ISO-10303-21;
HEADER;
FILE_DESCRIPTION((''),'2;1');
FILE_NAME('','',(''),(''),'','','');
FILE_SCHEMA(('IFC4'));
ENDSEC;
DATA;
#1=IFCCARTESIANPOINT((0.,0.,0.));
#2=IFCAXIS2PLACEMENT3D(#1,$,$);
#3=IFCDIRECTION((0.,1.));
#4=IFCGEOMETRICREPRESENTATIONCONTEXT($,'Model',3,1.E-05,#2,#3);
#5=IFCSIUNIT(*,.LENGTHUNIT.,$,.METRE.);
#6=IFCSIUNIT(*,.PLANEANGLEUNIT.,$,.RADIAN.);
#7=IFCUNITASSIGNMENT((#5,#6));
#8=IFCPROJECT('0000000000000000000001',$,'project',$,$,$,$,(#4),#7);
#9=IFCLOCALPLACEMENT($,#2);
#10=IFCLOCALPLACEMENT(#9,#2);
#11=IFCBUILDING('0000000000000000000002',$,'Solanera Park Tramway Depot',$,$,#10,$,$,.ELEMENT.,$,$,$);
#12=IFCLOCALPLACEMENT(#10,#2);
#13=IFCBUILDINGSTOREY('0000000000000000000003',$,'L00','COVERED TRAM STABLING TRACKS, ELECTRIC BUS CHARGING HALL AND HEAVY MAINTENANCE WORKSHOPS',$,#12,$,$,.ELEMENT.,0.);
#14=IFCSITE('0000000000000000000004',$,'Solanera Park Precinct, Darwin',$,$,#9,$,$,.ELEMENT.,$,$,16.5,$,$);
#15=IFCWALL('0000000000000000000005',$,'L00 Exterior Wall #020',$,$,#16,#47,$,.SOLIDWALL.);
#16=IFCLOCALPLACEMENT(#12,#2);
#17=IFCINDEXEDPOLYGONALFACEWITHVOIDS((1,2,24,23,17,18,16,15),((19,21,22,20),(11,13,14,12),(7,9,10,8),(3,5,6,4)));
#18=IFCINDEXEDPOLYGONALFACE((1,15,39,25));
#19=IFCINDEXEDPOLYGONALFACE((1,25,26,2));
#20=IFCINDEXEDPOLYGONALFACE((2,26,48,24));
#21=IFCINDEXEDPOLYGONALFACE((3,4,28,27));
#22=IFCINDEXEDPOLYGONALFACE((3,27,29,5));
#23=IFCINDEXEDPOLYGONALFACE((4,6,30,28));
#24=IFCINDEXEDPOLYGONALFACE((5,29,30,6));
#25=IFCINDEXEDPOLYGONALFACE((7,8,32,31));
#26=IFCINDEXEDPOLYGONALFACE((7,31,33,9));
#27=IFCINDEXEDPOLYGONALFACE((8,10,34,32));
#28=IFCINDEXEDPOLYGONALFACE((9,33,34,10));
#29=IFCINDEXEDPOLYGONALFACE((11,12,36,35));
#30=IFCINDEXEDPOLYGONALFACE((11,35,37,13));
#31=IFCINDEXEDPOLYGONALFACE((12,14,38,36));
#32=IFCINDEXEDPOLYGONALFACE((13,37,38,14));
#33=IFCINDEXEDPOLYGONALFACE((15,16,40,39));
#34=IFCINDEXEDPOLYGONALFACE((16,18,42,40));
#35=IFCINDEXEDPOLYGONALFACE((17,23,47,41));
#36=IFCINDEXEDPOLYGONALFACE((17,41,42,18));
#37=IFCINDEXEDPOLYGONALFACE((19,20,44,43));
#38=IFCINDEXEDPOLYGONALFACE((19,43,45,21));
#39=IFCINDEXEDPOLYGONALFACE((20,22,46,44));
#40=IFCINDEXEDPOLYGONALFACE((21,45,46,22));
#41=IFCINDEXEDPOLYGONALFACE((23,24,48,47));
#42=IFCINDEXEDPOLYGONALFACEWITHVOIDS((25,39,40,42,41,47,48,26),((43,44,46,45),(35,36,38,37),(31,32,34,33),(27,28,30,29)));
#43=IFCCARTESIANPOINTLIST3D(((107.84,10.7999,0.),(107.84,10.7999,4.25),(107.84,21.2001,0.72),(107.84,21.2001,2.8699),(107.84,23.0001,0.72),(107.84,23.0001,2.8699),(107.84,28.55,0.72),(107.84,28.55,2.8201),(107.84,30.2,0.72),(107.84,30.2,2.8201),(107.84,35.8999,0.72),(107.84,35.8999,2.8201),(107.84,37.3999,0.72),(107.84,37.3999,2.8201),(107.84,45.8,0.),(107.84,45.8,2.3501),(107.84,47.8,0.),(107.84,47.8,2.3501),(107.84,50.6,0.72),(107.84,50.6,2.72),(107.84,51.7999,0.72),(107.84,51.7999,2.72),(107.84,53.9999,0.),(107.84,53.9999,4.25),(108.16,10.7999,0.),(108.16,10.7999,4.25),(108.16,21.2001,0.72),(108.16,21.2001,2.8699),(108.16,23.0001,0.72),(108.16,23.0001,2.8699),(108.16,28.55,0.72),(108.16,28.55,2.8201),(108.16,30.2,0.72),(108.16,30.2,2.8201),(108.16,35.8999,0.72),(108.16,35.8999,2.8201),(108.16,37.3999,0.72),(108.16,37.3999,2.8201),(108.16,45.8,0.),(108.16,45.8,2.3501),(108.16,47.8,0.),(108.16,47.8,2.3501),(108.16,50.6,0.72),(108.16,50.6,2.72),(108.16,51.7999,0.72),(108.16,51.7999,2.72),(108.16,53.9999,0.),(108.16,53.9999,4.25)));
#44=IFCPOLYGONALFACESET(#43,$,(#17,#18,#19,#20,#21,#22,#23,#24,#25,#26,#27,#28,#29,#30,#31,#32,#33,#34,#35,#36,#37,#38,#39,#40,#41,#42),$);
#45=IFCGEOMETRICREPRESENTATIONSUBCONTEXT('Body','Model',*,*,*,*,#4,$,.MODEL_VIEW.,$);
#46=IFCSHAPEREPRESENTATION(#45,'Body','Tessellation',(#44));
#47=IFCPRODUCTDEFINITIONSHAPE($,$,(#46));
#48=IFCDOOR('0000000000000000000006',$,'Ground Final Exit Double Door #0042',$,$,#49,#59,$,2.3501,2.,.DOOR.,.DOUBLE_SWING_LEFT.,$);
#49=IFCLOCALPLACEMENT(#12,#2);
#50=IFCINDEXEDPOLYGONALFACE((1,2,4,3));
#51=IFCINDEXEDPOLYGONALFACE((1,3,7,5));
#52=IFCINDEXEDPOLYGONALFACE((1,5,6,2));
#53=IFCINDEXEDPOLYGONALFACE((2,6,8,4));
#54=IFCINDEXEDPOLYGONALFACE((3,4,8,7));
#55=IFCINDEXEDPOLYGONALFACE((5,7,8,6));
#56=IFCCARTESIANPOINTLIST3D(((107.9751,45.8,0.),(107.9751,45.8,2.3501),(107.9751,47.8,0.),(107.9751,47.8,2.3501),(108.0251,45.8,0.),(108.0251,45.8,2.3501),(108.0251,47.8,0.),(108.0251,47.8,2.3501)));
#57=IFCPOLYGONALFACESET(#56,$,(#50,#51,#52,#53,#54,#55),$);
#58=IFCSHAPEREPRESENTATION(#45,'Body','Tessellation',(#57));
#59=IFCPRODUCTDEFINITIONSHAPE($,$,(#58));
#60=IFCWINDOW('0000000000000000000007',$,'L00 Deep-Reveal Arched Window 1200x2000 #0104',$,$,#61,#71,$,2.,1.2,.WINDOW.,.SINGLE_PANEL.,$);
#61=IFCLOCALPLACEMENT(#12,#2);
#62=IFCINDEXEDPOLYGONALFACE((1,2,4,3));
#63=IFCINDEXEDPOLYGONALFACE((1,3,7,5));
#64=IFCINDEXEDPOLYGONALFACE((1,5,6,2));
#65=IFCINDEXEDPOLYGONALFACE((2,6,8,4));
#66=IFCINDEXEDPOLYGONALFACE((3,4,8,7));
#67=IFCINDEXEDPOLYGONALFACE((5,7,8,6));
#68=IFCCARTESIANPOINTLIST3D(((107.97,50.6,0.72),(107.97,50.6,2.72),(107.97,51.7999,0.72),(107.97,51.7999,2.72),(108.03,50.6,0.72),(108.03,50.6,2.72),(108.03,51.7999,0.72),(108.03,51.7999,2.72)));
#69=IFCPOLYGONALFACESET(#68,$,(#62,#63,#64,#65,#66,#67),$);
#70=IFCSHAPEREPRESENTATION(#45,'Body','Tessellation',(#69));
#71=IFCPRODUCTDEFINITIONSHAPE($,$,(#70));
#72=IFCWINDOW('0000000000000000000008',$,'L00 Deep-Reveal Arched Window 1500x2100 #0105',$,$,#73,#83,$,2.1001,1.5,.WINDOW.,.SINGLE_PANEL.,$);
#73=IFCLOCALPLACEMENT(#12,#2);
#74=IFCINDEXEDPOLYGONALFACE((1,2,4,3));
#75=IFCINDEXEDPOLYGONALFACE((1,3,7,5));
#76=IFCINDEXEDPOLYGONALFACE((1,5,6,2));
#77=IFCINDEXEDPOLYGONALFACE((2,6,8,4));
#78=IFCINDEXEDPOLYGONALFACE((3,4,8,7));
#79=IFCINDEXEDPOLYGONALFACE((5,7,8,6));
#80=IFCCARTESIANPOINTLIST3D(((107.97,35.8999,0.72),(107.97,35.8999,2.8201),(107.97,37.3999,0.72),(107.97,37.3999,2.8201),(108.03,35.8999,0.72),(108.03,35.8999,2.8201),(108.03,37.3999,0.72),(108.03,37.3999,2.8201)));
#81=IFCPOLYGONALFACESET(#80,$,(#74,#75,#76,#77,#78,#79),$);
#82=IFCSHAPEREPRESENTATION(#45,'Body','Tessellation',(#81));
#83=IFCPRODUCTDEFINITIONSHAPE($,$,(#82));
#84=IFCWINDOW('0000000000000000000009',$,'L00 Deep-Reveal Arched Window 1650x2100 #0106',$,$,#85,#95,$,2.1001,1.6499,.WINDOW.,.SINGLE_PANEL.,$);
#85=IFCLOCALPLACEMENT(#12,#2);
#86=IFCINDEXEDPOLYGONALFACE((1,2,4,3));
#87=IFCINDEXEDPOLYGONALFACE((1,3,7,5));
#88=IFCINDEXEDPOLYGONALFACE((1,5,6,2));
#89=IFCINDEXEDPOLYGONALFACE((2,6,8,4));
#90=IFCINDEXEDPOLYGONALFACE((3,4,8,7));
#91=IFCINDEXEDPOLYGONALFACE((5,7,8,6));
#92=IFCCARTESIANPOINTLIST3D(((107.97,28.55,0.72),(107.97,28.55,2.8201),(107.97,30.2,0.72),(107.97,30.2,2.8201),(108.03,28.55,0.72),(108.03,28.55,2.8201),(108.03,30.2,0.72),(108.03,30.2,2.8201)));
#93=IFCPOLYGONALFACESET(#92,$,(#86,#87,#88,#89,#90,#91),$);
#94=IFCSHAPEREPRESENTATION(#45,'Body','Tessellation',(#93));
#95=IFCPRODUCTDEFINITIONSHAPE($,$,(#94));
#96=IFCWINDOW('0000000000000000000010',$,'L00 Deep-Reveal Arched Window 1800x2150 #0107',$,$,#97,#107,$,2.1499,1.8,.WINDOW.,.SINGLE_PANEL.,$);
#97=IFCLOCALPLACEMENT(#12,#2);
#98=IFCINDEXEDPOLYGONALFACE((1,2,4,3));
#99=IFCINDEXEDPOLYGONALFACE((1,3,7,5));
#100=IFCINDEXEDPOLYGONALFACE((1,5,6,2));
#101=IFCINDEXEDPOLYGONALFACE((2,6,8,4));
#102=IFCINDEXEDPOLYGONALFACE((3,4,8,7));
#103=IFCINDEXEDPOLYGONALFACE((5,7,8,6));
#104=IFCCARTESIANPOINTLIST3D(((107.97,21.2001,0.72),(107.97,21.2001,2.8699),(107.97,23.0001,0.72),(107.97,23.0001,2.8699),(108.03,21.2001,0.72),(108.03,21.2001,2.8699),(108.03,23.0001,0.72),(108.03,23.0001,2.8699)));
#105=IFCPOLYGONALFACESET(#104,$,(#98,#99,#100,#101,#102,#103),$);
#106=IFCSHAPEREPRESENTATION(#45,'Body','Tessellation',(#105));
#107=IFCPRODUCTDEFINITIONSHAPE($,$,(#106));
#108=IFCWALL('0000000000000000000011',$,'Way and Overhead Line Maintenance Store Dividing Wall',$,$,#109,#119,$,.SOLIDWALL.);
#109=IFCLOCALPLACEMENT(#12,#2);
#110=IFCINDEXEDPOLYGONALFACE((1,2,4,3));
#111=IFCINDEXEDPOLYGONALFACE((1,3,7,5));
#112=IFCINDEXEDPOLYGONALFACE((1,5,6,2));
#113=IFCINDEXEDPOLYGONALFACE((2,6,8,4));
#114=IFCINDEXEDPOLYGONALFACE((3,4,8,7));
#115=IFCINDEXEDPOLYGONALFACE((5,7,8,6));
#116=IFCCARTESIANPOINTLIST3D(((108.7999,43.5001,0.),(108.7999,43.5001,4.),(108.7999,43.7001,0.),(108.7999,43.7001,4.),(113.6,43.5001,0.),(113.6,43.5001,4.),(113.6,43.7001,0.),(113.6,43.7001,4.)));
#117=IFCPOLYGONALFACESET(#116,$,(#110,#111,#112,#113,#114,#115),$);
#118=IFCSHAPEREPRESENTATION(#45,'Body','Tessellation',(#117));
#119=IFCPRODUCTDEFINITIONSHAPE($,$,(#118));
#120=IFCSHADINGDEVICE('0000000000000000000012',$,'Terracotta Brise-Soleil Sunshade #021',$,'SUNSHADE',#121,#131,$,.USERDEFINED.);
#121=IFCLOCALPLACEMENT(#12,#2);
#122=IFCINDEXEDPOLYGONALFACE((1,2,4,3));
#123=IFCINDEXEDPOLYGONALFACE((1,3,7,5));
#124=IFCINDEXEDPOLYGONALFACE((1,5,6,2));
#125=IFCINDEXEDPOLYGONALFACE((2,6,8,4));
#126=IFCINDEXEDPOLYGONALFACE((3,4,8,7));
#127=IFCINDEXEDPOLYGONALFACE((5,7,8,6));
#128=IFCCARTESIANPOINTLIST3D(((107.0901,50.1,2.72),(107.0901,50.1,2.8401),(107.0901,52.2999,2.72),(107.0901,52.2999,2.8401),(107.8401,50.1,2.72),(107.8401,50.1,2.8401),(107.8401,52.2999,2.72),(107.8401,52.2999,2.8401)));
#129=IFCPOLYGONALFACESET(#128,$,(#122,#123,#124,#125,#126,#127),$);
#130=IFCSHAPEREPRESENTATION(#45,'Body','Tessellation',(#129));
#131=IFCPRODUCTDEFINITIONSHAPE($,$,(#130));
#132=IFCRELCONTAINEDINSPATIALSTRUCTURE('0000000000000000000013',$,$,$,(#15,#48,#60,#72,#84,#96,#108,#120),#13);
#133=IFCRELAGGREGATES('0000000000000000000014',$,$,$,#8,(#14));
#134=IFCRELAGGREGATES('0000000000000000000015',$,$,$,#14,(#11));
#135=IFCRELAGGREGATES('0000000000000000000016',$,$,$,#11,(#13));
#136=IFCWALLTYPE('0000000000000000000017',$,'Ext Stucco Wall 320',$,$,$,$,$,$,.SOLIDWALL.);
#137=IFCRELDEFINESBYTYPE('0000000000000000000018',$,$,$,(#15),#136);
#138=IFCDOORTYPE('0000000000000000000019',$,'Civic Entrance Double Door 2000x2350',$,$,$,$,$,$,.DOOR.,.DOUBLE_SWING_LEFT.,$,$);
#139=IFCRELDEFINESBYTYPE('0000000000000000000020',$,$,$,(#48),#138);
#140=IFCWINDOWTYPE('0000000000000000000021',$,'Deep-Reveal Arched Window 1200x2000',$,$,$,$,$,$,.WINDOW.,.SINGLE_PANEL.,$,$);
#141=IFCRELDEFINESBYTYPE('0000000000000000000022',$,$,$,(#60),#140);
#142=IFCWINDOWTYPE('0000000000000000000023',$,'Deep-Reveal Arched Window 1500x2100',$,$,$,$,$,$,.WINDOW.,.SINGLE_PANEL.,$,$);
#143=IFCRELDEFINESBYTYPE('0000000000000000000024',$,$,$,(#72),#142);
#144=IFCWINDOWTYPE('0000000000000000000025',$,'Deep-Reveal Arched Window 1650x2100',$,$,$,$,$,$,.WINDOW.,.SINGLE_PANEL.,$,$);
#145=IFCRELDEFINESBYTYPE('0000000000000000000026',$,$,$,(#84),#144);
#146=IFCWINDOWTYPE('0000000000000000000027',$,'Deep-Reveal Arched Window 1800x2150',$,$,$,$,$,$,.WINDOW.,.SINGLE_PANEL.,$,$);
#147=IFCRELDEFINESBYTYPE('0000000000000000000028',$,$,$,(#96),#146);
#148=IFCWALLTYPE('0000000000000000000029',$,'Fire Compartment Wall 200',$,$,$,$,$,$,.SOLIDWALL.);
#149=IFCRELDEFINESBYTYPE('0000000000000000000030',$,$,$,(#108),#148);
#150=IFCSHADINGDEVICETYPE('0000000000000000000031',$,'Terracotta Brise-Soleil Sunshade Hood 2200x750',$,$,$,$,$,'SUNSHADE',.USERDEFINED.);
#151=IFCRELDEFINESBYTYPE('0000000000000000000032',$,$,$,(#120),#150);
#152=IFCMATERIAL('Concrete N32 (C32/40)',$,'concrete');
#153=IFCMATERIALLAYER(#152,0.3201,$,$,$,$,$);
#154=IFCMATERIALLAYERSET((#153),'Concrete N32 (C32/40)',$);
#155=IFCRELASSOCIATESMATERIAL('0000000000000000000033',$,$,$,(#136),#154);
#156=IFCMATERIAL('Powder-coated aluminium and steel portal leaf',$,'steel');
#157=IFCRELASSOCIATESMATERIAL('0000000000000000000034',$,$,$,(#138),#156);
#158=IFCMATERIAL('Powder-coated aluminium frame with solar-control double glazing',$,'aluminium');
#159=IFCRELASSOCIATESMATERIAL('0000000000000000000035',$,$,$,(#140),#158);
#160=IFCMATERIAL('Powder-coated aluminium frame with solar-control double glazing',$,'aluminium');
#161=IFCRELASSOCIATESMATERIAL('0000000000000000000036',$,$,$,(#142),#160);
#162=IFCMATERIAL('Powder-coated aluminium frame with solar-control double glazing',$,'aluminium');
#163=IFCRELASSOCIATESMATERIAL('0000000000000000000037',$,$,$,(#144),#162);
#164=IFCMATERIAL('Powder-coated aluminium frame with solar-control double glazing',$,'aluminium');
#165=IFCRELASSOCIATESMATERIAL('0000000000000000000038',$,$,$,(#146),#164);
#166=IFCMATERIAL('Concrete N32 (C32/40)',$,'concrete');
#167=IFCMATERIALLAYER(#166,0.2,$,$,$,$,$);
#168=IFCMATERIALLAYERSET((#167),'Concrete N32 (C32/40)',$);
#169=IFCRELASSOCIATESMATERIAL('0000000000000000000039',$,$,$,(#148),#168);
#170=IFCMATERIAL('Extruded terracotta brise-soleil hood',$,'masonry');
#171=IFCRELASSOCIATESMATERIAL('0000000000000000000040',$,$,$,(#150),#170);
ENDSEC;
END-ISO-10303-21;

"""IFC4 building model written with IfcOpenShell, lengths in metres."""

from ifc_helpers import new_model, si_unit, direction, frame, frame_2d, origin, origin_2d, place, context, subcontext, project, spatial, rectangle, extrude, material, layer, layer_set, type_object, element, fill, save


model = new_model("IFC4")

# Units and contexts
model_context = context("Model", 3, precision=1e-05, world=origin(), true_north=direction((0.0, 1.0)))
body_context = subcontext(model_context, "Body", "Model", "MODEL_VIEW")
ifc_project = project(units=[si_unit("LENGTHUNIT", "METRE"), si_unit("PLANEANGLEUNIT", "RADIAN")], contexts=[model_context])

# Site, building, storey
site_placement = place(None, origin())
site = spatial("IfcSite", under=ifc_project, at=site_placement, Name="Solanera Park Precinct, Darwin", CompositionType="ELEMENT", RefElevation=16.5)
building_placement = place(site_placement, origin())
building = spatial("IfcBuilding", under=site, at=building_placement, Name="Solanera Park Tramway Depot", CompositionType="ELEMENT")
storey_placement = place(building_placement, origin())
storey = spatial("IfcBuildingStorey", under=building, at=storey_placement, Name="L00", Description="COVERED TRAM STABLING TRACKS, ELECTRIC BUS CHARGING HALL AND HEAVY MAINTENANCE WORKSHOPS", CompositionType="ELEMENT", Elevation=0.0)

# Wall, openings, door, windows
ifc_material_1 = material(Name="Concrete N32 (C32/40)", Category="concrete")
ifc_layer_1 = layer(ifc_material_1, 0.3201)
ifc_layer_set_1 = layer_set([ifc_layer_1], Name="Concrete N32 (C32/40)")
wall_type_1 = type_object("IfcWallType", Name="Ext Stucco Wall 320", PredefinedType="SOLIDWALL", material=ifc_layer_set_1)
wall_1_placement = place(storey_placement, frame((108.0, 54.0, 0.0), z_axis=(0.0, 0.0, 1.0), x_axis=(0.0, -1.0, 0.0)))
wall_1 = element("IfcWall", 1, at=wall_1_placement, inside=storey, type_object=wall_type_1, Name="L00 Exterior Wall #020", PredefinedType="SOLIDWALL", context=body_context, shape_type="SweptSolid", body=[
    extrude(rectangle(XDim=43.2, YDim=0.3201, at=frame_2d((21.6001, 0.0))), origin(), (0.0, 0.0, 1.0), 4.25),
])
opening_1_placement = place(wall_1_placement, frame((2.2, 0.0, 0.72)))
opening_1 = element("IfcOpeningElement", 2, at=opening_1_placement, cuts=wall_1, PredefinedType="OPENING", context=body_context, shape_type="SweptSolid", body=[
    extrude(rectangle(XDim=1.2, YDim=2.0, at=frame_2d((0.6001, 1.0))), frame((0.0, 0.1699, 0.0), z_axis=(0.0, -1.0, 0.0), x_axis=(1.0, 0.0, 0.0)), (0.0, 0.0, 1.0), 0.3401),
])
opening_2_placement = place(wall_1_placement, frame((16.6001, 0.0, 0.72)))
opening_2 = element("IfcOpeningElement", 3, at=opening_2_placement, cuts=wall_1, PredefinedType="OPENING", context=body_context, shape_type="SweptSolid", body=[
    extrude(rectangle(XDim=1.5, YDim=2.1001, at=frame_2d((0.75, 1.05))), frame((0.0, 0.1699, 0.0), z_axis=(0.0, -1.0, 0.0), x_axis=(1.0, 0.0, 0.0)), (0.0, 0.0, 1.0), 0.3401),
])
opening_3_placement = place(wall_1_placement, frame((23.8, 0.0, 0.72)))
opening_3 = element("IfcOpeningElement", 4, at=opening_3_placement, cuts=wall_1, PredefinedType="OPENING", context=body_context, shape_type="SweptSolid", body=[
    extrude(rectangle(XDim=1.6499, YDim=2.1001, at=frame_2d((0.825, 1.05))), frame((0.0, 0.1699, 0.0), z_axis=(0.0, -1.0, 0.0), x_axis=(1.0, 0.0, 0.0)), (0.0, 0.0, 1.0), 0.3401),
])
opening_4_placement = place(wall_1_placement, frame((31.0, 0.0, 0.72)))
opening_4 = element("IfcOpeningElement", 5, at=opening_4_placement, cuts=wall_1, PredefinedType="OPENING", context=body_context, shape_type="SweptSolid", body=[
    extrude(rectangle(XDim=1.8, YDim=2.1499, at=frame_2d((0.8999, 1.075))), frame((0.0, 0.1699, 0.0), z_axis=(0.0, -1.0, 0.0), x_axis=(1.0, 0.0, 0.0)), (0.0, 0.0, 1.0), 0.3401),
])
opening_5_placement = place(wall_1_placement, frame((6.2, 0.0, 0.0)))
opening_5 = element("IfcOpeningElement", 6, at=opening_5_placement, cuts=wall_1, PredefinedType="OPENING", context=body_context, shape_type="SweptSolid", body=[
    extrude(rectangle(XDim=2.0, YDim=2.3501, at=frame_2d((1.0, 1.175))), frame((0.0, 0.1699, 0.0), z_axis=(0.0, -1.0, 0.0), x_axis=(1.0, 0.0, 0.0)), (0.0, 0.0, 1.0), 0.3401),
])
ifc_material_2 = material(Name="Powder-coated aluminium and steel portal leaf", Category="steel")
door_type_1 = type_object("IfcDoorType", Name="Civic Entrance Double Door 2000x2350", OperationType="DOUBLE_SWING_LEFT", PredefinedType="DOOR", material=ifc_material_2)
door_1_placement = place(opening_5_placement, frame((2.0, 0.0, 0.0), z_axis=(0.0, 0.0, 1.0), x_axis=(-1.0, 0.0, 0.0)))
door_1 = element("IfcDoor", 7, at=door_1_placement, inside=storey, type_object=door_type_1, Name="Ground Final Exit Double Door #0042", OperationType="DOUBLE_SWING_LEFT", OverallHeight=2.3501, OverallWidth=2.0, PredefinedType="DOOR", context=body_context, shape_type="SweptSolid", body=[
    extrude(rectangle(XDim=2.0, YDim=2.3501, at=frame_2d((1.0, 1.175))), frame((0.0, 0.0249, 0.0), z_axis=(0.0, -1.0, 0.0), x_axis=(1.0, 0.0, 0.0)), (0.0, 0.0, 1.0), 0.05),
])
fill(opening_5, door_1)
ifc_material_3 = material(Name="Powder-coated aluminium frame with solar-control double glazing", Category="aluminium")
window_type_1 = type_object("IfcWindowType", Name="Deep-Reveal Arched Window 1200x2000", PartitioningType="SINGLE_PANEL", PredefinedType="WINDOW", material=ifc_material_3)
window_1_placement = place(opening_1_placement, origin())
window_1 = element("IfcWindow", 8, at=window_1_placement, inside=storey, type_object=window_type_1, Name="L00 Deep-Reveal Arched Window 1200x2000 #0104", OverallHeight=2.0, OverallWidth=1.2, PartitioningType="SINGLE_PANEL", PredefinedType="WINDOW", context=body_context, shape_type="SweptSolid", body=[
    extrude(rectangle(XDim=1.2, YDim=2.0, at=frame_2d((0.6001, 1.0))), frame((0.0, 0.03, 0.0), z_axis=(0.0, -1.0, 0.0), x_axis=(1.0, 0.0, 0.0)), (0.0, 0.0, 1.0), 0.0601),
])
fill(opening_1, window_1)
ifc_material_4 = material(Name="Powder-coated aluminium frame with solar-control double glazing", Category="aluminium")
window_type_2 = type_object("IfcWindowType", Name="Deep-Reveal Arched Window 1500x2100", PartitioningType="SINGLE_PANEL", PredefinedType="WINDOW", material=ifc_material_4)
window_2_placement = place(opening_2_placement, origin())
window_2 = element("IfcWindow", 9, at=window_2_placement, inside=storey, type_object=window_type_2, Name="L00 Deep-Reveal Arched Window 1500x2100 #0105", OverallHeight=2.1001, OverallWidth=1.5, PartitioningType="SINGLE_PANEL", PredefinedType="WINDOW", context=body_context, shape_type="SweptSolid", body=[
    extrude(rectangle(XDim=1.5, YDim=2.1001, at=frame_2d((0.75, 1.05))), frame((0.0, 0.03, 0.0), z_axis=(0.0, -1.0, 0.0), x_axis=(1.0, 0.0, 0.0)), (0.0, 0.0, 1.0), 0.0601),
])
fill(opening_2, window_2)
ifc_material_5 = material(Name="Powder-coated aluminium frame with solar-control double glazing", Category="aluminium")
window_type_3 = type_object("IfcWindowType", Name="Deep-Reveal Arched Window 1650x2100", PartitioningType="SINGLE_PANEL", PredefinedType="WINDOW", material=ifc_material_5)
window_3_placement = place(opening_3_placement, origin())
window_3 = element("IfcWindow", 10, at=window_3_placement, inside=storey, type_object=window_type_3, Name="L00 Deep-Reveal Arched Window 1650x2100 #0106", OverallHeight=2.1001, OverallWidth=1.6499, PartitioningType="SINGLE_PANEL", PredefinedType="WINDOW", context=body_context, shape_type="SweptSolid", body=[
    extrude(rectangle(XDim=1.6499, YDim=2.1001, at=frame_2d((0.825, 1.05))), frame((0.0, 0.03, 0.0), z_axis=(0.0, -1.0, 0.0), x_axis=(1.0, 0.0, 0.0)), (0.0, 0.0, 1.0), 0.0601),
])
fill(opening_3, window_3)
ifc_material_6 = material(Name="Powder-coated aluminium frame with solar-control double glazing", Category="aluminium")
window_type_4 = type_object("IfcWindowType", Name="Deep-Reveal Arched Window 1800x2150", PartitioningType="SINGLE_PANEL", PredefinedType="WINDOW", material=ifc_material_6)
window_4_placement = place(opening_4_placement, origin())
window_4 = element("IfcWindow", 11, at=window_4_placement, inside=storey, type_object=window_type_4, Name="L00 Deep-Reveal Arched Window 1800x2150 #0107", OverallHeight=2.1499, OverallWidth=1.8, PartitioningType="SINGLE_PANEL", PredefinedType="WINDOW", context=body_context, shape_type="SweptSolid", body=[
    extrude(rectangle(XDim=1.8, YDim=2.1499, at=frame_2d((0.8999, 1.075))), frame((0.0, 0.03, 0.0), z_axis=(0.0, -1.0, 0.0), x_axis=(1.0, 0.0, 0.0)), (0.0, 0.0, 1.0), 0.0601),
])
fill(opening_4, window_4)

# Wall
ifc_material_7 = material(Name="Concrete N32 (C32/40)", Category="concrete")
ifc_layer_2 = layer(ifc_material_7, 0.2)
ifc_layer_set_2 = layer_set([ifc_layer_2], Name="Concrete N32 (C32/40)")
wall_type_2 = type_object("IfcWallType", Name="Fire Compartment Wall 200", PredefinedType="SOLIDWALL", material=ifc_layer_set_2)
wall_2_placement = place(storey_placement, frame((108.8, 43.6001, 0.0), z_axis=(0.0, 0.0, 1.0), x_axis=(1.0, 0.0, 0.0)))
element("IfcWall", 12, at=wall_2_placement, inside=storey, type_object=wall_type_2, Name="Way and Overhead Line Maintenance Store Dividing Wall", PredefinedType="SOLIDWALL", context=body_context, shape_type="SweptSolid", body=[
    extrude(rectangle(XDim=4.8, YDim=0.2, at=frame_2d((2.3999, 0.0))), origin(), (0.0, 0.0, 1.0), 4.0),
])

# Shading device
ifc_material_8 = material(Name="Extruded terracotta brise-soleil hood", Category="masonry")
shading_device_type = type_object("IfcShadingDeviceType", Name="Terracotta Brise-Soleil Sunshade Hood 2200x750", ElementType="SUNSHADE", PredefinedType="USERDEFINED", material=ifc_material_8)
shading_device_placement = place(storey_placement, frame((107.4651, 51.2, 2.72), z_axis=(0.0, 0.0, 1.0), x_axis=(0.0, -1.0, 0.0)))
element("IfcShadingDevice", 13, at=shading_device_placement, inside=storey, type_object=shading_device_type, Name="Terracotta Brise-Soleil Sunshade #021", ObjectType="SUNSHADE", PredefinedType="USERDEFINED", context=body_context, shape_type="SweptSolid", body=[
    extrude(rectangle(XDim=2.2, YDim=0.75, at=origin_2d()), origin(), (0.0, 0.0, 1.0), 0.1201),
])

save(model, "model.ifc")
